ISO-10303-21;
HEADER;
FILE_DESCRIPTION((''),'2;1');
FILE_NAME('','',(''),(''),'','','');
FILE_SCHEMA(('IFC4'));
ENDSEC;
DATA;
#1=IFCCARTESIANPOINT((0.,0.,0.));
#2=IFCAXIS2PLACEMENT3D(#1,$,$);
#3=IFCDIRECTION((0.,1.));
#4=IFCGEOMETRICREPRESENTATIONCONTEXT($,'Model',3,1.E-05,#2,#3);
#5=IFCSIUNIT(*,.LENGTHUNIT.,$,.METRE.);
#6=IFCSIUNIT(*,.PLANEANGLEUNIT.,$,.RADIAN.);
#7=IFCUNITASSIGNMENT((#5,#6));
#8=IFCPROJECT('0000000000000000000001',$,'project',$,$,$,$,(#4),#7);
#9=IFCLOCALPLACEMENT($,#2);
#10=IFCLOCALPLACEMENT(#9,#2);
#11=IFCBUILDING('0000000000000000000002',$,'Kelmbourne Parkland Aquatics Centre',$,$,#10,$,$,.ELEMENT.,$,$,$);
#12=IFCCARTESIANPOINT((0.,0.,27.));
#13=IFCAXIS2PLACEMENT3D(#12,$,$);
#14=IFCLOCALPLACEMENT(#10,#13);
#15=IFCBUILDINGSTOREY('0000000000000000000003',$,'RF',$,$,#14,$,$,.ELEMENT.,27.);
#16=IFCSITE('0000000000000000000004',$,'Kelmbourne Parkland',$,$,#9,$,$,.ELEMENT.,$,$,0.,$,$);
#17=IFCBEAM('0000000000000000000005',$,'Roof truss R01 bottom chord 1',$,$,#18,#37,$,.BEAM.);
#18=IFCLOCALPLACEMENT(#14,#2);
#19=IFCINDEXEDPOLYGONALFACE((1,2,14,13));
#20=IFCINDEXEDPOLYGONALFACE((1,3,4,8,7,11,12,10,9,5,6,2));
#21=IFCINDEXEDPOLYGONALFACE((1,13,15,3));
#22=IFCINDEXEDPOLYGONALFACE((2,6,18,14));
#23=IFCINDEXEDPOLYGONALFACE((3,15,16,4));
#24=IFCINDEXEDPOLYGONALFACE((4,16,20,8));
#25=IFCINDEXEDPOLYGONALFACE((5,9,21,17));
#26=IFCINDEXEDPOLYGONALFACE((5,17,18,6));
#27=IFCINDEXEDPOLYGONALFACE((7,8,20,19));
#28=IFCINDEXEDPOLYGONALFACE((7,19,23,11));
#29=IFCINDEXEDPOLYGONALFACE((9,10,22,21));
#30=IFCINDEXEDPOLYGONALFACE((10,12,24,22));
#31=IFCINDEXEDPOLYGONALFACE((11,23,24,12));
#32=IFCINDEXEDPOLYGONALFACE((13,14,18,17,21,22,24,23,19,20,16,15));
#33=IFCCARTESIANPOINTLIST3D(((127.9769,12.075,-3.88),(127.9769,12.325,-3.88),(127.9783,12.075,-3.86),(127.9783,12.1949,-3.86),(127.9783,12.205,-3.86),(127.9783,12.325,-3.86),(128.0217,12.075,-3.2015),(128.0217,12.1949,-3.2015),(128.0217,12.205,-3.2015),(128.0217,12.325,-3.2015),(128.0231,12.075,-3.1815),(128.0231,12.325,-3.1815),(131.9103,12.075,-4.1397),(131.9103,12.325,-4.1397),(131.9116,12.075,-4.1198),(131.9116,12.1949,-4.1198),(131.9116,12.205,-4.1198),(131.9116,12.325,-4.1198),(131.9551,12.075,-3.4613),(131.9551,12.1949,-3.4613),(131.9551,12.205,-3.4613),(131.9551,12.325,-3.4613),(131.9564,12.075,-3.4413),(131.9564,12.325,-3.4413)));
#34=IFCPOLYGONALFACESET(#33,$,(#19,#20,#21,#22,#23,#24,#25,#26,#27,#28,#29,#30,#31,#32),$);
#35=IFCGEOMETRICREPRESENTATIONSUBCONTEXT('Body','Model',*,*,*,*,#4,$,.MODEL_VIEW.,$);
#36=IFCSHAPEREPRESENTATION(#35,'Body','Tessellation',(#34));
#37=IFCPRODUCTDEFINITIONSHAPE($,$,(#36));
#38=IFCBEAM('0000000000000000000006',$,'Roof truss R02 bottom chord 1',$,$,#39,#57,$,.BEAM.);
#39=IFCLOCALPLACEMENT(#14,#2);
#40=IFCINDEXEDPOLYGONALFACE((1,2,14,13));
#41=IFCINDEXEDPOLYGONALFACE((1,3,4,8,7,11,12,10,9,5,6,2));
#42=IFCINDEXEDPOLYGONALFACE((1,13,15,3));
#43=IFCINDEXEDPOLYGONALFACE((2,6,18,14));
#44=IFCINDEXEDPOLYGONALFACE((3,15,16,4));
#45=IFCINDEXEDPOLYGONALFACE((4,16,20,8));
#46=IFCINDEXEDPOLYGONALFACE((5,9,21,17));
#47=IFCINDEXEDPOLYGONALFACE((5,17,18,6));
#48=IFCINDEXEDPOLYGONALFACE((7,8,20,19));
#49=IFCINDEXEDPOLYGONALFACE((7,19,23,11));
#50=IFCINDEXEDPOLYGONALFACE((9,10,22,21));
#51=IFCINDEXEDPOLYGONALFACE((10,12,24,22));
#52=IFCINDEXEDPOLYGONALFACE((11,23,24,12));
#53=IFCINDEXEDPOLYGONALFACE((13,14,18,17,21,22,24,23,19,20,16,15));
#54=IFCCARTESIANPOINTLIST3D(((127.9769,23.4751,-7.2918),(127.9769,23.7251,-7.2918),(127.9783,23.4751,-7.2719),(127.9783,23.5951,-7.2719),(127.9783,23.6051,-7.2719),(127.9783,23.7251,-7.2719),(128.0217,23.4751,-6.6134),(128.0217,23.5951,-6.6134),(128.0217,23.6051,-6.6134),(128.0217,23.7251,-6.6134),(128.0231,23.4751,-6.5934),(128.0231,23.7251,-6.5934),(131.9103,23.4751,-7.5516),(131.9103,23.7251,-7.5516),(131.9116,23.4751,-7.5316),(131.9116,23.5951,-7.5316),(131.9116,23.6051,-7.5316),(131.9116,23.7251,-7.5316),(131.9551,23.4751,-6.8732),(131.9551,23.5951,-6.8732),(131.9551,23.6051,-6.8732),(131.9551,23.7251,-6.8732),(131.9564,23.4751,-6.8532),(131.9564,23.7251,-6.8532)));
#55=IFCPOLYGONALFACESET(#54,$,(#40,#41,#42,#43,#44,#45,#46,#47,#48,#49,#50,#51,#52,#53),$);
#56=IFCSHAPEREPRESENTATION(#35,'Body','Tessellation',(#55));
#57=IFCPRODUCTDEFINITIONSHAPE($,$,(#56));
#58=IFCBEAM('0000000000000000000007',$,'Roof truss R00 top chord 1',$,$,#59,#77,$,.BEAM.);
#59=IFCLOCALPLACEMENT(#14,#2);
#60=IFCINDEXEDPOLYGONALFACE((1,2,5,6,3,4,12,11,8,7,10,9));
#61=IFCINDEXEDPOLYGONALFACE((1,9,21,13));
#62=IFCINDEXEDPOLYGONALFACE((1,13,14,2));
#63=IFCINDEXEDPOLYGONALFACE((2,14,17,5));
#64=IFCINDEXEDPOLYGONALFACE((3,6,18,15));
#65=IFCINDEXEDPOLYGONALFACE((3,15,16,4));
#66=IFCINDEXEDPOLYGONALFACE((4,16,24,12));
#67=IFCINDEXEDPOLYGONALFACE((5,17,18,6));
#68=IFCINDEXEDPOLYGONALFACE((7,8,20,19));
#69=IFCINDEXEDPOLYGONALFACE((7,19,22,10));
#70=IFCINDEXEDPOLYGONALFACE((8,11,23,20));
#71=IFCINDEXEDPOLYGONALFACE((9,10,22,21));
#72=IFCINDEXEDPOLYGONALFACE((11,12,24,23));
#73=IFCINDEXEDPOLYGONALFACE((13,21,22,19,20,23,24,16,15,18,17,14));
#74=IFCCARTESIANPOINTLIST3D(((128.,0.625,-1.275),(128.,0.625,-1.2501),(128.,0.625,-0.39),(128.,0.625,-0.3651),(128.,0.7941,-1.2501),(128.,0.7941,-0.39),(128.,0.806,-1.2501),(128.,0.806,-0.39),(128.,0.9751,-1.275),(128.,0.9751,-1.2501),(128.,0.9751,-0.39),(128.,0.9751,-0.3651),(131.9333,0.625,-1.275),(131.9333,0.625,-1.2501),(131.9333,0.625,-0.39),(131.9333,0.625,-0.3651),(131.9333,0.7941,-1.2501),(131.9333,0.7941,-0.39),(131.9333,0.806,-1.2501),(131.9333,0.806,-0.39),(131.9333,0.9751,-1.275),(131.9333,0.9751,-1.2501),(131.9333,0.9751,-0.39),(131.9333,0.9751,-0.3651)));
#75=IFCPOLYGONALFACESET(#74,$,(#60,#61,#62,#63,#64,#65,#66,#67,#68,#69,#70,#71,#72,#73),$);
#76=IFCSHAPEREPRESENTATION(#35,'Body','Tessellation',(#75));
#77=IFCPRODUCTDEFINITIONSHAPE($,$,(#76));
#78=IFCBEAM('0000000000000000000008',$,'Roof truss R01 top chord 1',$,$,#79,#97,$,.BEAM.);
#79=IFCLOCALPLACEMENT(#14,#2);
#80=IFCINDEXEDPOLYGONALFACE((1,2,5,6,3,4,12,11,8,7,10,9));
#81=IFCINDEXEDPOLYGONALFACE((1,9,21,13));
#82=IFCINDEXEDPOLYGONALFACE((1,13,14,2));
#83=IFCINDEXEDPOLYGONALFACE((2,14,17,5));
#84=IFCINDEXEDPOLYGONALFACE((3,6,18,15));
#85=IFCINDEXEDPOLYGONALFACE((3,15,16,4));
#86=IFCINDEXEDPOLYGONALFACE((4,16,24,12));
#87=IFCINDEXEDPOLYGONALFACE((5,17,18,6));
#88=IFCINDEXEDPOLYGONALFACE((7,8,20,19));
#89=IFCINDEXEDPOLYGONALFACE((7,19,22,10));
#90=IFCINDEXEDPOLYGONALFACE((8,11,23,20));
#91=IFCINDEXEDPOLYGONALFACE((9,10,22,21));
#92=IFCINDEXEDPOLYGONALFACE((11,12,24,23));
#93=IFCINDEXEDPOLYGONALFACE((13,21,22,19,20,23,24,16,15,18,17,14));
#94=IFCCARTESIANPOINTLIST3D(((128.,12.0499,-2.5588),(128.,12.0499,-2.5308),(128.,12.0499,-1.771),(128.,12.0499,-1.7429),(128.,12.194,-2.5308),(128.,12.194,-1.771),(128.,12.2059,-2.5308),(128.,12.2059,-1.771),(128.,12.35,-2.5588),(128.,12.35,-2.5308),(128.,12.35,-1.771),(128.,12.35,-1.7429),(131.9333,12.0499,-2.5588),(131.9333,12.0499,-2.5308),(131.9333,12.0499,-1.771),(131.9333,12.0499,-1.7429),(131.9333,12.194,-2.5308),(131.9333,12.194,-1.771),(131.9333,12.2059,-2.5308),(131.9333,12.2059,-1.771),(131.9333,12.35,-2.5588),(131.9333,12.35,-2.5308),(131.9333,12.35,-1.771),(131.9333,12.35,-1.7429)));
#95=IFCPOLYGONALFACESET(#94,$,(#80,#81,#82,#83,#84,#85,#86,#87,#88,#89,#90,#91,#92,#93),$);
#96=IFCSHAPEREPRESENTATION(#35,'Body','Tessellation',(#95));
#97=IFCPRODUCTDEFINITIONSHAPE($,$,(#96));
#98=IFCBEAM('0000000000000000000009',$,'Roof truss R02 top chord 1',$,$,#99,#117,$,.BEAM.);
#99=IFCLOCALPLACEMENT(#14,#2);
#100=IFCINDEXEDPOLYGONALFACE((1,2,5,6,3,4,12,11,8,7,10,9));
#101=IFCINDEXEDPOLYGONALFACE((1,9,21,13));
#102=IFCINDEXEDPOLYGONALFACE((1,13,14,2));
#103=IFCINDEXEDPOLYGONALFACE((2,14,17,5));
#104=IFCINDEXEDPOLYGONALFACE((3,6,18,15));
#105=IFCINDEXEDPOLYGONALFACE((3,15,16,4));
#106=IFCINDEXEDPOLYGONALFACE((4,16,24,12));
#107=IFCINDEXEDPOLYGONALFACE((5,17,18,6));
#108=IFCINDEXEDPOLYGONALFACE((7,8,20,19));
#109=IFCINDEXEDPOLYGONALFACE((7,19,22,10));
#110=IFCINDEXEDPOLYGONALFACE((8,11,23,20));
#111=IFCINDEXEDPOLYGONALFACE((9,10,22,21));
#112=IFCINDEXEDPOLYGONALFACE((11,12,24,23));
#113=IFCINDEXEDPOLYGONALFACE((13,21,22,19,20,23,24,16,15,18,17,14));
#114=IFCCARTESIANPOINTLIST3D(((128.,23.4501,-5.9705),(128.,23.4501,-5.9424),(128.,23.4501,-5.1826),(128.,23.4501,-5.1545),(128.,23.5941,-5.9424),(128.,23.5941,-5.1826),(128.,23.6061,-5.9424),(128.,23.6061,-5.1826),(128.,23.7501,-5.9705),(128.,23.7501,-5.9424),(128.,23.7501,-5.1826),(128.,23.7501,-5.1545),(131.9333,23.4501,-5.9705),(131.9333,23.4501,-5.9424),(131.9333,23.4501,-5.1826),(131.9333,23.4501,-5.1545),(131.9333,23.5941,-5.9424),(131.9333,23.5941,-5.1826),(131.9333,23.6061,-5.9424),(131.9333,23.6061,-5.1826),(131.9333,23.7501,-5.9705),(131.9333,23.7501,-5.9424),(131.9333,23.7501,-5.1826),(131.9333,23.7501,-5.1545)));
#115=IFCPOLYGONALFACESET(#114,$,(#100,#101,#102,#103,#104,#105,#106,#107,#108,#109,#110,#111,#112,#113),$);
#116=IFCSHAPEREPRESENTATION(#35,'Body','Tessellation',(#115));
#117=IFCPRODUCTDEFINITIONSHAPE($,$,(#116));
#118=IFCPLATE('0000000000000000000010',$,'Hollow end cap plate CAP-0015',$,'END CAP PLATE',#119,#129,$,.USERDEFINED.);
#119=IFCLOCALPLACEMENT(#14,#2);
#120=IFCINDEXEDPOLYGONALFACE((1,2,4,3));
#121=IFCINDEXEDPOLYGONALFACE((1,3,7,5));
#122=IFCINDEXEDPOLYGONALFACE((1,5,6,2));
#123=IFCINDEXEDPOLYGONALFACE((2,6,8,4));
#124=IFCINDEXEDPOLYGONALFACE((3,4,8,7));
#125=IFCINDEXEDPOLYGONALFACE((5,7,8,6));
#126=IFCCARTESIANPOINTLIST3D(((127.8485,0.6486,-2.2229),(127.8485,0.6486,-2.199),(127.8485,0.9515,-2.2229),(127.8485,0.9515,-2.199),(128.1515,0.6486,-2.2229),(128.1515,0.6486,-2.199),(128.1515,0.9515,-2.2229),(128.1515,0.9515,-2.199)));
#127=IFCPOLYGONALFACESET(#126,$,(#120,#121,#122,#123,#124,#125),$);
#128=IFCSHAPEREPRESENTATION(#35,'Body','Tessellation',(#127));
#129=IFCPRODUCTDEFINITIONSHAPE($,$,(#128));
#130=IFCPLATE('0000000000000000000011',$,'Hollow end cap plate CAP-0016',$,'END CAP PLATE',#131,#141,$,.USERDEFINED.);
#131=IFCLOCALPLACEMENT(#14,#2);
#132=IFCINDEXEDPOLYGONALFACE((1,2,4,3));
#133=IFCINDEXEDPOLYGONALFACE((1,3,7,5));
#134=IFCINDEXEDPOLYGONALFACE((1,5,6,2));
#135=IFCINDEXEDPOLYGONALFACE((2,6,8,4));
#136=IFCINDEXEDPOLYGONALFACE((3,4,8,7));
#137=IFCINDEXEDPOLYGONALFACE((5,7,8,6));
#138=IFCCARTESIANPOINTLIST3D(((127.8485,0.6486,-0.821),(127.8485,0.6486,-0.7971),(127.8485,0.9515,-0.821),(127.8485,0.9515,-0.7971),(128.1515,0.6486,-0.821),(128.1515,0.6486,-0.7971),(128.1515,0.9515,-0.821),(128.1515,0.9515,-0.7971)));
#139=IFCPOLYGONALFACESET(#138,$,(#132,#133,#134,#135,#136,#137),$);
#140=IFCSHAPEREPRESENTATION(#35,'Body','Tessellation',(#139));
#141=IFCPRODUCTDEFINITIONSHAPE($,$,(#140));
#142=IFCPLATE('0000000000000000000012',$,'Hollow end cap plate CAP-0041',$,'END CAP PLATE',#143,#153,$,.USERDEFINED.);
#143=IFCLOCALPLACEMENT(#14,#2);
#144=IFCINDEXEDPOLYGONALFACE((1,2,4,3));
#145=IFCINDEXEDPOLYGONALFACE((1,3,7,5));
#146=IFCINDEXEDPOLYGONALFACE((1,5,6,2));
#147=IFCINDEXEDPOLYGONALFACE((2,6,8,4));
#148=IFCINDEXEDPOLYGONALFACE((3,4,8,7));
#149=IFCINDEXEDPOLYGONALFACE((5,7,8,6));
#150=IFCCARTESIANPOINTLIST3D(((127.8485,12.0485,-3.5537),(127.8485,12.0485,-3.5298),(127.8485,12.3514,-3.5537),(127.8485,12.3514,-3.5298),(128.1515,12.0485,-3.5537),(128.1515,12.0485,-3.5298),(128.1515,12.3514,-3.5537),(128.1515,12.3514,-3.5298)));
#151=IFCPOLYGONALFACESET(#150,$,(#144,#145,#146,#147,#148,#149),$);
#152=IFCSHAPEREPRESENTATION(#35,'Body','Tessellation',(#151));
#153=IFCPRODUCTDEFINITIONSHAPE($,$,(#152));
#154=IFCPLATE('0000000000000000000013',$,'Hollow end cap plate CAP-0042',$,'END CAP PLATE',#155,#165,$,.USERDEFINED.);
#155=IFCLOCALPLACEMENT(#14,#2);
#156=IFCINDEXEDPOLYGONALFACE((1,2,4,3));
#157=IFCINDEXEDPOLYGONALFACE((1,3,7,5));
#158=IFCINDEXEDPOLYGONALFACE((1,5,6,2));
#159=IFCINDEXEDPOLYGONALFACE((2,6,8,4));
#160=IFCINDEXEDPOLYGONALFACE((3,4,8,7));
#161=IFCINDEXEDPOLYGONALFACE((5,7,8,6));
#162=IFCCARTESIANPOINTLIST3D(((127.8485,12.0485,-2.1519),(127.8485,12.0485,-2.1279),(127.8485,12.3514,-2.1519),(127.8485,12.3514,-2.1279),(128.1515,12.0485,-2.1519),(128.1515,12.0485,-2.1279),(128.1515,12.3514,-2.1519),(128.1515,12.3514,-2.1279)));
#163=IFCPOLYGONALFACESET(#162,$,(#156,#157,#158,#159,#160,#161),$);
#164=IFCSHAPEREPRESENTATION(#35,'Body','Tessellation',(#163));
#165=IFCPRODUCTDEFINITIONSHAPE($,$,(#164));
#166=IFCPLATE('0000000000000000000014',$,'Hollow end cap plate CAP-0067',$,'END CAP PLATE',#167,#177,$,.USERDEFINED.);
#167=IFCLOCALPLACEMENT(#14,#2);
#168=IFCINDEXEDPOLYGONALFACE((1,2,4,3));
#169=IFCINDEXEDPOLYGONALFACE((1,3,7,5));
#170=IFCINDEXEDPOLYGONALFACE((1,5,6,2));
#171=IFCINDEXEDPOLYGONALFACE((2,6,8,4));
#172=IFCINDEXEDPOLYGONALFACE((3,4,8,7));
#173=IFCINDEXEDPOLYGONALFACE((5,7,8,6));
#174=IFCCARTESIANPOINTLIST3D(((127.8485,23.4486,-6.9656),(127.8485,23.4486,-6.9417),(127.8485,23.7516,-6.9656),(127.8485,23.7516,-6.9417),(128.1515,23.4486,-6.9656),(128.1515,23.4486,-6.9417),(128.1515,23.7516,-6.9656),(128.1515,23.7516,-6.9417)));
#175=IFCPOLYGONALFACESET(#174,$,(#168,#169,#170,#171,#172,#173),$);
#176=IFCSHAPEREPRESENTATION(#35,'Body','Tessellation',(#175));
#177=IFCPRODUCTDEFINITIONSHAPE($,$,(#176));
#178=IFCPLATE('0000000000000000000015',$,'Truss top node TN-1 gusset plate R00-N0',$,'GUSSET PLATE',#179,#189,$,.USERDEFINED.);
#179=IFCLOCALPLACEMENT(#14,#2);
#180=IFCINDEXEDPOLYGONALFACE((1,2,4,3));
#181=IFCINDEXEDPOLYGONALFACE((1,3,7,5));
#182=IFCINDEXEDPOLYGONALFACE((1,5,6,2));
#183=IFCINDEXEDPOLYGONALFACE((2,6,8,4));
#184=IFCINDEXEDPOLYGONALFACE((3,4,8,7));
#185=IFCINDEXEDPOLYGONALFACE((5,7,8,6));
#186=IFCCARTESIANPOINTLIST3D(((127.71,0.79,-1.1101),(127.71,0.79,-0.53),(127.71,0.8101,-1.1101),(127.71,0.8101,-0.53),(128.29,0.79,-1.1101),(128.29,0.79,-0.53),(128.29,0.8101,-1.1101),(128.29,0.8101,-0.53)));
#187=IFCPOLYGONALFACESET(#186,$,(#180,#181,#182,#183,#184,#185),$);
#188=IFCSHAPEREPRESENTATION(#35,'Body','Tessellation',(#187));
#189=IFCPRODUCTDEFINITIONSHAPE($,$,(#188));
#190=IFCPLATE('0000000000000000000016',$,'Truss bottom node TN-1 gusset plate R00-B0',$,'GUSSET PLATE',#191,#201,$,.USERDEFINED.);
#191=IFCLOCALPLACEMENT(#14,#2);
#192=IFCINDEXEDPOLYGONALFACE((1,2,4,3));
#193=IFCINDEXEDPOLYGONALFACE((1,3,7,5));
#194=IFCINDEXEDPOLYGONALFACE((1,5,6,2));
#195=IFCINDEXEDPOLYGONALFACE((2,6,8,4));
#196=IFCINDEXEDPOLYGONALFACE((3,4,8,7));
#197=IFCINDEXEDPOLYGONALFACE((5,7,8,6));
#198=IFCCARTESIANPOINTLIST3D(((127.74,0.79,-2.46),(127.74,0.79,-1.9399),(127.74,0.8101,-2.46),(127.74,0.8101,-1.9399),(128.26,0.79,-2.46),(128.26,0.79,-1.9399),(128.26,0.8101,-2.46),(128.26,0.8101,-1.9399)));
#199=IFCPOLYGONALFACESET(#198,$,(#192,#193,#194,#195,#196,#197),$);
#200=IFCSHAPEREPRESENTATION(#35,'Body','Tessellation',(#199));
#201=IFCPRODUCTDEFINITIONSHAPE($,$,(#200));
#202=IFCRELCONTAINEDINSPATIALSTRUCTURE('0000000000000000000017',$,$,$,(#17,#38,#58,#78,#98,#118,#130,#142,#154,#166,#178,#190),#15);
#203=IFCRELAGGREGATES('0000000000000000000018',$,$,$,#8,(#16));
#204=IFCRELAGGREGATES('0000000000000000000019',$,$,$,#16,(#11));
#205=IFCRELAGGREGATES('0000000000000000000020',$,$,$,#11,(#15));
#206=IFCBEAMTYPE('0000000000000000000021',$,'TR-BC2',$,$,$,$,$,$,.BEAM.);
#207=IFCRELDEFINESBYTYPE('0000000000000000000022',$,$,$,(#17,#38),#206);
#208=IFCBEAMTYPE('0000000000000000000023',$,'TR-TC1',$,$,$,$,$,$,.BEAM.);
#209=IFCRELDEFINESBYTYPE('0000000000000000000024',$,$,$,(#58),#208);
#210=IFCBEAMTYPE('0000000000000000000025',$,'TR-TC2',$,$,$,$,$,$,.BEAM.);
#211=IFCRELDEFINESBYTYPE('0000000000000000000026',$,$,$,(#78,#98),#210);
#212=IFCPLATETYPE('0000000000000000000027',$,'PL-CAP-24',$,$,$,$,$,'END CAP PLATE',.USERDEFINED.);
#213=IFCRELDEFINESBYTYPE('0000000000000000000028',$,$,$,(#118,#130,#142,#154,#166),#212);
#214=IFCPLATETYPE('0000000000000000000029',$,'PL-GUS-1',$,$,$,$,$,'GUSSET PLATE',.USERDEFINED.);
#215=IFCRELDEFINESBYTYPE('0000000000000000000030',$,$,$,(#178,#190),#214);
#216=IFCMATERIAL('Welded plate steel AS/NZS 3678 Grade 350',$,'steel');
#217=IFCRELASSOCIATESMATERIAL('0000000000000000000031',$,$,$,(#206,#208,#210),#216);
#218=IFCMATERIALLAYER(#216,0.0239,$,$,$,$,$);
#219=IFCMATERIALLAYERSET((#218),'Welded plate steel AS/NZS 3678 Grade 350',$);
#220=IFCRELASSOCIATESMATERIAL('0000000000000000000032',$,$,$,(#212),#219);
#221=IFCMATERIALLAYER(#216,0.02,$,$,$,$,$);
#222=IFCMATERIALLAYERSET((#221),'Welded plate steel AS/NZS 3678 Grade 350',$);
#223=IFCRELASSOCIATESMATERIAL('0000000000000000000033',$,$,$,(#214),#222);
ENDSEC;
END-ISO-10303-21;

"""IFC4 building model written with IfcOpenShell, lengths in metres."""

from ifc_helpers import new_model, si_unit, direction, frame, origin, origin_2d, place, context, subcontext, project, spatial, rectangle, i_section, extrude, material, layer, layer_set, material_profile, profile_set, type_object, element, save


model = new_model("IFC4")

# Units and contexts
model_context = context("Model", 3, precision=1e-05, world=origin(), true_north=direction((0.0, 1.0)))
body_context = subcontext(model_context, "Body", "Model", "MODEL_VIEW")
ifc_project = project(units=[si_unit("LENGTHUNIT", "METRE"), si_unit("PLANEANGLEUNIT", "RADIAN")], contexts=[model_context])

# Site, building, storey
site_placement = place(None, origin())
site = spatial("IfcSite", under=ifc_project, at=site_placement, Name="Kelmbourne Parkland", CompositionType="ELEMENT", RefElevation=0.0)
building_placement = place(site_placement, origin())
building = spatial("IfcBuilding", under=site, at=building_placement, Name="Kelmbourne Parkland Aquatics Centre", CompositionType="ELEMENT")
storey_placement = place(building_placement, frame((0.0, 0.0, 27.0)))
storey = spatial("IfcBuildingStorey", under=building, at=storey_placement, Name="RF", CompositionType="ELEMENT", Elevation=27.0)

# Beams
ifc_material_1 = material(Name="Welded plate steel AS/NZS 3678 Grade 350", Category="steel")
ifc_material_profile_1 = material_profile(ifc_material_1, i_section(OverallWidth=0.25, OverallDepth=0.7, WebThickness=0.01, FlangeThickness=0.02, at=origin_2d()), Name="700WB130")
ifc_profile_set_1 = profile_set([ifc_material_profile_1], Name="Welded plate steel AS/NZS 3678 Grade 350")
beam_type_1 = type_object("IfcBeamType", Name="TR-BC2", PredefinedType="BEAM", material=ifc_profile_set_1)
for number, where, z_axis, x_axis, name in (
    (1, (128.0, 12.2, -3.5308), (0.997826, 0.0, -0.065898), (0.0, 1.0, 0.0), "Roof truss R01 bottom chord 1"),
    (2, (128.0, 23.6001, -6.9426), (0.997826, 0.0, -0.065898), (0.0, 1.0, 0.0), "Roof truss R02 bottom chord 1"),
):
    element("IfcBeam", number, at=place(storey_placement, frame(where, z_axis=z_axis, x_axis=x_axis)), inside=storey, type_object=beam_type_1, Name=name, PredefinedType="BEAM", context=body_context, shape_type="SweptSolid", body=[
        extrude(i_section(OverallWidth=0.25, OverallDepth=0.7, WebThickness=0.01, FlangeThickness=0.02, at=origin_2d()), origin(), (0.0, 0.0, 1.0), 3.9419),
    ])
ifc_material_profile_2 = material_profile(ifc_material_1, i_section(OverallWidth=0.3501, OverallDepth=0.9099, WebThickness=0.012, FlangeThickness=0.0249, at=origin_2d()), Name="900WB218")
ifc_profile_set_2 = profile_set([ifc_material_profile_2], Name="Welded plate steel AS/NZS 3678 Grade 350")
beam_type_2 = type_object("IfcBeamType", Name="TR-TC1", PredefinedType="BEAM", material=ifc_profile_set_2)
beam_1_placement = place(storey_placement, frame((128.0, 0.8, -0.8201), z_axis=(1.0, 0.0, 0.0), x_axis=(0.0, 1.0, 0.0)))
element("IfcBeam", 3, at=beam_1_placement, inside=storey, type_object=beam_type_2, Name="Roof truss R00 top chord 1", PredefinedType="BEAM", context=body_context, shape_type="SweptSolid", body=[
    extrude(i_section(OverallWidth=0.3501, OverallDepth=0.9099, WebThickness=0.012, FlangeThickness=0.0249, at=origin_2d()), origin(), (0.0, 0.0, 1.0), 3.9333),
])
ifc_material_profile_3 = material_profile(ifc_material_1, i_section(OverallWidth=0.3, OverallDepth=0.8159, WebThickness=0.012, FlangeThickness=0.0281, at=origin_2d()), Name="800WB192")
ifc_profile_set_3 = profile_set([ifc_material_profile_3], Name="Welded plate steel AS/NZS 3678 Grade 350")
beam_type_3 = type_object("IfcBeamType", Name="TR-TC2", PredefinedType="BEAM", material=ifc_profile_set_3)
for number, where, z_axis, x_axis, name in (
    (4, (128.0, 12.2, -2.1509), (1.0, 0.0, 0.0), (0.0, 1.0, 0.0), "Roof truss R01 top chord 1"),
    (5, (128.0, 23.6001, -5.5625), (1.0, 0.0, 0.0), (0.0, 1.0, 0.0), "Roof truss R02 top chord 1"),
):
    element("IfcBeam", number, at=place(storey_placement, frame(where, z_axis=z_axis, x_axis=x_axis)), inside=storey, type_object=beam_type_3, Name=name, PredefinedType="BEAM", context=body_context, shape_type="SweptSolid", body=[
        extrude(i_section(OverallWidth=0.3, OverallDepth=0.8159, WebThickness=0.012, FlangeThickness=0.0281, at=origin_2d()), origin(), (0.0, 0.0, 1.0), 3.9333),
    ])

# Plates
ifc_layer_1 = layer(ifc_material_1, 0.0239)
ifc_layer_set_1 = layer_set([ifc_layer_1], Name="Welded plate steel AS/NZS 3678 Grade 350")
plate_type_1 = type_object("IfcPlateType", Name="PL-CAP-24", ElementType="END CAP PLATE", PredefinedType="USERDEFINED", material=ifc_layer_set_1)
for number, where, z_axis, x_axis, name in (
    (6, (128.0, 0.8, -2.2229), (0.0, 0.0, 1.0), (1.0, 0.0, 0.0), "Hollow end cap plate CAP-0015"),
    (7, (128.0, 0.8, -0.821), (0.0, 0.0, 1.0), (1.0, 0.0, 0.0), "Hollow end cap plate CAP-0016"),
    (8, (128.0, 12.2, -3.5537), (0.0, 0.0, 1.0), (1.0, 0.0, 0.0), "Hollow end cap plate CAP-0041"),
    (9, (128.0, 12.2, -2.1519), (0.0, 0.0, 1.0), (1.0, 0.0, 0.0), "Hollow end cap plate CAP-0042"),
    (10, (128.0, 23.6001, -6.9656), (0.0, 0.0, 1.0), (1.0, 0.0, 0.0), "Hollow end cap plate CAP-0067"),
):
    element("IfcPlate", number, at=place(storey_placement, frame(where, z_axis=z_axis, x_axis=x_axis)), inside=storey, type_object=plate_type_1, Name=name, ObjectType="END CAP PLATE", PredefinedType="USERDEFINED", context=body_context, shape_type="SweptSolid", body=[
        extrude(rectangle(XDim=0.303, YDim=0.303, at=origin_2d()), origin(), (0.0, 0.0, 1.0), 0.0239),
    ])
ifc_layer_2 = layer(ifc_material_1, 0.02)
ifc_layer_set_2 = layer_set([ifc_layer_2], Name="Welded plate steel AS/NZS 3678 Grade 350")
plate_type_2 = type_object("IfcPlateType", Name="PL-GUS-1", ElementType="GUSSET PLATE", PredefinedType="USERDEFINED", material=ifc_layer_set_2)
plate_1_placement = place(storey_placement, frame((128.0, 0.8, -1.1101), z_axis=(0.0, 0.0, 1.0), x_axis=(1.0, 0.0, 0.0)))
element("IfcPlate", 11, at=plate_1_placement, inside=storey, type_object=plate_type_2, Name="Truss top node TN-1 gusset plate R00-N0", ObjectType="GUSSET PLATE", PredefinedType="USERDEFINED", context=body_context, shape_type="SweptSolid", body=[
    extrude(rectangle(XDim=0.5801, YDim=0.02, at=origin_2d()), origin(), (0.0, 0.0, 1.0), 0.5801),
])
plate_2_placement = place(storey_placement, frame((128.0, 0.8, -2.46), z_axis=(0.0, 0.0, 1.0), x_axis=(1.0, 0.0, 0.0)))
element("IfcPlate", 12, at=plate_2_placement, inside=storey, type_object=plate_type_2, Name="Truss bottom node TN-1 gusset plate R00-B0", ObjectType="GUSSET PLATE", PredefinedType="USERDEFINED", context=body_context, shape_type="SweptSolid", body=[
    extrude(rectangle(XDim=0.52, YDim=0.02, at=origin_2d()), origin(), (0.0, 0.0, 1.0), 0.52),
])

save(model, "model.ifc")
